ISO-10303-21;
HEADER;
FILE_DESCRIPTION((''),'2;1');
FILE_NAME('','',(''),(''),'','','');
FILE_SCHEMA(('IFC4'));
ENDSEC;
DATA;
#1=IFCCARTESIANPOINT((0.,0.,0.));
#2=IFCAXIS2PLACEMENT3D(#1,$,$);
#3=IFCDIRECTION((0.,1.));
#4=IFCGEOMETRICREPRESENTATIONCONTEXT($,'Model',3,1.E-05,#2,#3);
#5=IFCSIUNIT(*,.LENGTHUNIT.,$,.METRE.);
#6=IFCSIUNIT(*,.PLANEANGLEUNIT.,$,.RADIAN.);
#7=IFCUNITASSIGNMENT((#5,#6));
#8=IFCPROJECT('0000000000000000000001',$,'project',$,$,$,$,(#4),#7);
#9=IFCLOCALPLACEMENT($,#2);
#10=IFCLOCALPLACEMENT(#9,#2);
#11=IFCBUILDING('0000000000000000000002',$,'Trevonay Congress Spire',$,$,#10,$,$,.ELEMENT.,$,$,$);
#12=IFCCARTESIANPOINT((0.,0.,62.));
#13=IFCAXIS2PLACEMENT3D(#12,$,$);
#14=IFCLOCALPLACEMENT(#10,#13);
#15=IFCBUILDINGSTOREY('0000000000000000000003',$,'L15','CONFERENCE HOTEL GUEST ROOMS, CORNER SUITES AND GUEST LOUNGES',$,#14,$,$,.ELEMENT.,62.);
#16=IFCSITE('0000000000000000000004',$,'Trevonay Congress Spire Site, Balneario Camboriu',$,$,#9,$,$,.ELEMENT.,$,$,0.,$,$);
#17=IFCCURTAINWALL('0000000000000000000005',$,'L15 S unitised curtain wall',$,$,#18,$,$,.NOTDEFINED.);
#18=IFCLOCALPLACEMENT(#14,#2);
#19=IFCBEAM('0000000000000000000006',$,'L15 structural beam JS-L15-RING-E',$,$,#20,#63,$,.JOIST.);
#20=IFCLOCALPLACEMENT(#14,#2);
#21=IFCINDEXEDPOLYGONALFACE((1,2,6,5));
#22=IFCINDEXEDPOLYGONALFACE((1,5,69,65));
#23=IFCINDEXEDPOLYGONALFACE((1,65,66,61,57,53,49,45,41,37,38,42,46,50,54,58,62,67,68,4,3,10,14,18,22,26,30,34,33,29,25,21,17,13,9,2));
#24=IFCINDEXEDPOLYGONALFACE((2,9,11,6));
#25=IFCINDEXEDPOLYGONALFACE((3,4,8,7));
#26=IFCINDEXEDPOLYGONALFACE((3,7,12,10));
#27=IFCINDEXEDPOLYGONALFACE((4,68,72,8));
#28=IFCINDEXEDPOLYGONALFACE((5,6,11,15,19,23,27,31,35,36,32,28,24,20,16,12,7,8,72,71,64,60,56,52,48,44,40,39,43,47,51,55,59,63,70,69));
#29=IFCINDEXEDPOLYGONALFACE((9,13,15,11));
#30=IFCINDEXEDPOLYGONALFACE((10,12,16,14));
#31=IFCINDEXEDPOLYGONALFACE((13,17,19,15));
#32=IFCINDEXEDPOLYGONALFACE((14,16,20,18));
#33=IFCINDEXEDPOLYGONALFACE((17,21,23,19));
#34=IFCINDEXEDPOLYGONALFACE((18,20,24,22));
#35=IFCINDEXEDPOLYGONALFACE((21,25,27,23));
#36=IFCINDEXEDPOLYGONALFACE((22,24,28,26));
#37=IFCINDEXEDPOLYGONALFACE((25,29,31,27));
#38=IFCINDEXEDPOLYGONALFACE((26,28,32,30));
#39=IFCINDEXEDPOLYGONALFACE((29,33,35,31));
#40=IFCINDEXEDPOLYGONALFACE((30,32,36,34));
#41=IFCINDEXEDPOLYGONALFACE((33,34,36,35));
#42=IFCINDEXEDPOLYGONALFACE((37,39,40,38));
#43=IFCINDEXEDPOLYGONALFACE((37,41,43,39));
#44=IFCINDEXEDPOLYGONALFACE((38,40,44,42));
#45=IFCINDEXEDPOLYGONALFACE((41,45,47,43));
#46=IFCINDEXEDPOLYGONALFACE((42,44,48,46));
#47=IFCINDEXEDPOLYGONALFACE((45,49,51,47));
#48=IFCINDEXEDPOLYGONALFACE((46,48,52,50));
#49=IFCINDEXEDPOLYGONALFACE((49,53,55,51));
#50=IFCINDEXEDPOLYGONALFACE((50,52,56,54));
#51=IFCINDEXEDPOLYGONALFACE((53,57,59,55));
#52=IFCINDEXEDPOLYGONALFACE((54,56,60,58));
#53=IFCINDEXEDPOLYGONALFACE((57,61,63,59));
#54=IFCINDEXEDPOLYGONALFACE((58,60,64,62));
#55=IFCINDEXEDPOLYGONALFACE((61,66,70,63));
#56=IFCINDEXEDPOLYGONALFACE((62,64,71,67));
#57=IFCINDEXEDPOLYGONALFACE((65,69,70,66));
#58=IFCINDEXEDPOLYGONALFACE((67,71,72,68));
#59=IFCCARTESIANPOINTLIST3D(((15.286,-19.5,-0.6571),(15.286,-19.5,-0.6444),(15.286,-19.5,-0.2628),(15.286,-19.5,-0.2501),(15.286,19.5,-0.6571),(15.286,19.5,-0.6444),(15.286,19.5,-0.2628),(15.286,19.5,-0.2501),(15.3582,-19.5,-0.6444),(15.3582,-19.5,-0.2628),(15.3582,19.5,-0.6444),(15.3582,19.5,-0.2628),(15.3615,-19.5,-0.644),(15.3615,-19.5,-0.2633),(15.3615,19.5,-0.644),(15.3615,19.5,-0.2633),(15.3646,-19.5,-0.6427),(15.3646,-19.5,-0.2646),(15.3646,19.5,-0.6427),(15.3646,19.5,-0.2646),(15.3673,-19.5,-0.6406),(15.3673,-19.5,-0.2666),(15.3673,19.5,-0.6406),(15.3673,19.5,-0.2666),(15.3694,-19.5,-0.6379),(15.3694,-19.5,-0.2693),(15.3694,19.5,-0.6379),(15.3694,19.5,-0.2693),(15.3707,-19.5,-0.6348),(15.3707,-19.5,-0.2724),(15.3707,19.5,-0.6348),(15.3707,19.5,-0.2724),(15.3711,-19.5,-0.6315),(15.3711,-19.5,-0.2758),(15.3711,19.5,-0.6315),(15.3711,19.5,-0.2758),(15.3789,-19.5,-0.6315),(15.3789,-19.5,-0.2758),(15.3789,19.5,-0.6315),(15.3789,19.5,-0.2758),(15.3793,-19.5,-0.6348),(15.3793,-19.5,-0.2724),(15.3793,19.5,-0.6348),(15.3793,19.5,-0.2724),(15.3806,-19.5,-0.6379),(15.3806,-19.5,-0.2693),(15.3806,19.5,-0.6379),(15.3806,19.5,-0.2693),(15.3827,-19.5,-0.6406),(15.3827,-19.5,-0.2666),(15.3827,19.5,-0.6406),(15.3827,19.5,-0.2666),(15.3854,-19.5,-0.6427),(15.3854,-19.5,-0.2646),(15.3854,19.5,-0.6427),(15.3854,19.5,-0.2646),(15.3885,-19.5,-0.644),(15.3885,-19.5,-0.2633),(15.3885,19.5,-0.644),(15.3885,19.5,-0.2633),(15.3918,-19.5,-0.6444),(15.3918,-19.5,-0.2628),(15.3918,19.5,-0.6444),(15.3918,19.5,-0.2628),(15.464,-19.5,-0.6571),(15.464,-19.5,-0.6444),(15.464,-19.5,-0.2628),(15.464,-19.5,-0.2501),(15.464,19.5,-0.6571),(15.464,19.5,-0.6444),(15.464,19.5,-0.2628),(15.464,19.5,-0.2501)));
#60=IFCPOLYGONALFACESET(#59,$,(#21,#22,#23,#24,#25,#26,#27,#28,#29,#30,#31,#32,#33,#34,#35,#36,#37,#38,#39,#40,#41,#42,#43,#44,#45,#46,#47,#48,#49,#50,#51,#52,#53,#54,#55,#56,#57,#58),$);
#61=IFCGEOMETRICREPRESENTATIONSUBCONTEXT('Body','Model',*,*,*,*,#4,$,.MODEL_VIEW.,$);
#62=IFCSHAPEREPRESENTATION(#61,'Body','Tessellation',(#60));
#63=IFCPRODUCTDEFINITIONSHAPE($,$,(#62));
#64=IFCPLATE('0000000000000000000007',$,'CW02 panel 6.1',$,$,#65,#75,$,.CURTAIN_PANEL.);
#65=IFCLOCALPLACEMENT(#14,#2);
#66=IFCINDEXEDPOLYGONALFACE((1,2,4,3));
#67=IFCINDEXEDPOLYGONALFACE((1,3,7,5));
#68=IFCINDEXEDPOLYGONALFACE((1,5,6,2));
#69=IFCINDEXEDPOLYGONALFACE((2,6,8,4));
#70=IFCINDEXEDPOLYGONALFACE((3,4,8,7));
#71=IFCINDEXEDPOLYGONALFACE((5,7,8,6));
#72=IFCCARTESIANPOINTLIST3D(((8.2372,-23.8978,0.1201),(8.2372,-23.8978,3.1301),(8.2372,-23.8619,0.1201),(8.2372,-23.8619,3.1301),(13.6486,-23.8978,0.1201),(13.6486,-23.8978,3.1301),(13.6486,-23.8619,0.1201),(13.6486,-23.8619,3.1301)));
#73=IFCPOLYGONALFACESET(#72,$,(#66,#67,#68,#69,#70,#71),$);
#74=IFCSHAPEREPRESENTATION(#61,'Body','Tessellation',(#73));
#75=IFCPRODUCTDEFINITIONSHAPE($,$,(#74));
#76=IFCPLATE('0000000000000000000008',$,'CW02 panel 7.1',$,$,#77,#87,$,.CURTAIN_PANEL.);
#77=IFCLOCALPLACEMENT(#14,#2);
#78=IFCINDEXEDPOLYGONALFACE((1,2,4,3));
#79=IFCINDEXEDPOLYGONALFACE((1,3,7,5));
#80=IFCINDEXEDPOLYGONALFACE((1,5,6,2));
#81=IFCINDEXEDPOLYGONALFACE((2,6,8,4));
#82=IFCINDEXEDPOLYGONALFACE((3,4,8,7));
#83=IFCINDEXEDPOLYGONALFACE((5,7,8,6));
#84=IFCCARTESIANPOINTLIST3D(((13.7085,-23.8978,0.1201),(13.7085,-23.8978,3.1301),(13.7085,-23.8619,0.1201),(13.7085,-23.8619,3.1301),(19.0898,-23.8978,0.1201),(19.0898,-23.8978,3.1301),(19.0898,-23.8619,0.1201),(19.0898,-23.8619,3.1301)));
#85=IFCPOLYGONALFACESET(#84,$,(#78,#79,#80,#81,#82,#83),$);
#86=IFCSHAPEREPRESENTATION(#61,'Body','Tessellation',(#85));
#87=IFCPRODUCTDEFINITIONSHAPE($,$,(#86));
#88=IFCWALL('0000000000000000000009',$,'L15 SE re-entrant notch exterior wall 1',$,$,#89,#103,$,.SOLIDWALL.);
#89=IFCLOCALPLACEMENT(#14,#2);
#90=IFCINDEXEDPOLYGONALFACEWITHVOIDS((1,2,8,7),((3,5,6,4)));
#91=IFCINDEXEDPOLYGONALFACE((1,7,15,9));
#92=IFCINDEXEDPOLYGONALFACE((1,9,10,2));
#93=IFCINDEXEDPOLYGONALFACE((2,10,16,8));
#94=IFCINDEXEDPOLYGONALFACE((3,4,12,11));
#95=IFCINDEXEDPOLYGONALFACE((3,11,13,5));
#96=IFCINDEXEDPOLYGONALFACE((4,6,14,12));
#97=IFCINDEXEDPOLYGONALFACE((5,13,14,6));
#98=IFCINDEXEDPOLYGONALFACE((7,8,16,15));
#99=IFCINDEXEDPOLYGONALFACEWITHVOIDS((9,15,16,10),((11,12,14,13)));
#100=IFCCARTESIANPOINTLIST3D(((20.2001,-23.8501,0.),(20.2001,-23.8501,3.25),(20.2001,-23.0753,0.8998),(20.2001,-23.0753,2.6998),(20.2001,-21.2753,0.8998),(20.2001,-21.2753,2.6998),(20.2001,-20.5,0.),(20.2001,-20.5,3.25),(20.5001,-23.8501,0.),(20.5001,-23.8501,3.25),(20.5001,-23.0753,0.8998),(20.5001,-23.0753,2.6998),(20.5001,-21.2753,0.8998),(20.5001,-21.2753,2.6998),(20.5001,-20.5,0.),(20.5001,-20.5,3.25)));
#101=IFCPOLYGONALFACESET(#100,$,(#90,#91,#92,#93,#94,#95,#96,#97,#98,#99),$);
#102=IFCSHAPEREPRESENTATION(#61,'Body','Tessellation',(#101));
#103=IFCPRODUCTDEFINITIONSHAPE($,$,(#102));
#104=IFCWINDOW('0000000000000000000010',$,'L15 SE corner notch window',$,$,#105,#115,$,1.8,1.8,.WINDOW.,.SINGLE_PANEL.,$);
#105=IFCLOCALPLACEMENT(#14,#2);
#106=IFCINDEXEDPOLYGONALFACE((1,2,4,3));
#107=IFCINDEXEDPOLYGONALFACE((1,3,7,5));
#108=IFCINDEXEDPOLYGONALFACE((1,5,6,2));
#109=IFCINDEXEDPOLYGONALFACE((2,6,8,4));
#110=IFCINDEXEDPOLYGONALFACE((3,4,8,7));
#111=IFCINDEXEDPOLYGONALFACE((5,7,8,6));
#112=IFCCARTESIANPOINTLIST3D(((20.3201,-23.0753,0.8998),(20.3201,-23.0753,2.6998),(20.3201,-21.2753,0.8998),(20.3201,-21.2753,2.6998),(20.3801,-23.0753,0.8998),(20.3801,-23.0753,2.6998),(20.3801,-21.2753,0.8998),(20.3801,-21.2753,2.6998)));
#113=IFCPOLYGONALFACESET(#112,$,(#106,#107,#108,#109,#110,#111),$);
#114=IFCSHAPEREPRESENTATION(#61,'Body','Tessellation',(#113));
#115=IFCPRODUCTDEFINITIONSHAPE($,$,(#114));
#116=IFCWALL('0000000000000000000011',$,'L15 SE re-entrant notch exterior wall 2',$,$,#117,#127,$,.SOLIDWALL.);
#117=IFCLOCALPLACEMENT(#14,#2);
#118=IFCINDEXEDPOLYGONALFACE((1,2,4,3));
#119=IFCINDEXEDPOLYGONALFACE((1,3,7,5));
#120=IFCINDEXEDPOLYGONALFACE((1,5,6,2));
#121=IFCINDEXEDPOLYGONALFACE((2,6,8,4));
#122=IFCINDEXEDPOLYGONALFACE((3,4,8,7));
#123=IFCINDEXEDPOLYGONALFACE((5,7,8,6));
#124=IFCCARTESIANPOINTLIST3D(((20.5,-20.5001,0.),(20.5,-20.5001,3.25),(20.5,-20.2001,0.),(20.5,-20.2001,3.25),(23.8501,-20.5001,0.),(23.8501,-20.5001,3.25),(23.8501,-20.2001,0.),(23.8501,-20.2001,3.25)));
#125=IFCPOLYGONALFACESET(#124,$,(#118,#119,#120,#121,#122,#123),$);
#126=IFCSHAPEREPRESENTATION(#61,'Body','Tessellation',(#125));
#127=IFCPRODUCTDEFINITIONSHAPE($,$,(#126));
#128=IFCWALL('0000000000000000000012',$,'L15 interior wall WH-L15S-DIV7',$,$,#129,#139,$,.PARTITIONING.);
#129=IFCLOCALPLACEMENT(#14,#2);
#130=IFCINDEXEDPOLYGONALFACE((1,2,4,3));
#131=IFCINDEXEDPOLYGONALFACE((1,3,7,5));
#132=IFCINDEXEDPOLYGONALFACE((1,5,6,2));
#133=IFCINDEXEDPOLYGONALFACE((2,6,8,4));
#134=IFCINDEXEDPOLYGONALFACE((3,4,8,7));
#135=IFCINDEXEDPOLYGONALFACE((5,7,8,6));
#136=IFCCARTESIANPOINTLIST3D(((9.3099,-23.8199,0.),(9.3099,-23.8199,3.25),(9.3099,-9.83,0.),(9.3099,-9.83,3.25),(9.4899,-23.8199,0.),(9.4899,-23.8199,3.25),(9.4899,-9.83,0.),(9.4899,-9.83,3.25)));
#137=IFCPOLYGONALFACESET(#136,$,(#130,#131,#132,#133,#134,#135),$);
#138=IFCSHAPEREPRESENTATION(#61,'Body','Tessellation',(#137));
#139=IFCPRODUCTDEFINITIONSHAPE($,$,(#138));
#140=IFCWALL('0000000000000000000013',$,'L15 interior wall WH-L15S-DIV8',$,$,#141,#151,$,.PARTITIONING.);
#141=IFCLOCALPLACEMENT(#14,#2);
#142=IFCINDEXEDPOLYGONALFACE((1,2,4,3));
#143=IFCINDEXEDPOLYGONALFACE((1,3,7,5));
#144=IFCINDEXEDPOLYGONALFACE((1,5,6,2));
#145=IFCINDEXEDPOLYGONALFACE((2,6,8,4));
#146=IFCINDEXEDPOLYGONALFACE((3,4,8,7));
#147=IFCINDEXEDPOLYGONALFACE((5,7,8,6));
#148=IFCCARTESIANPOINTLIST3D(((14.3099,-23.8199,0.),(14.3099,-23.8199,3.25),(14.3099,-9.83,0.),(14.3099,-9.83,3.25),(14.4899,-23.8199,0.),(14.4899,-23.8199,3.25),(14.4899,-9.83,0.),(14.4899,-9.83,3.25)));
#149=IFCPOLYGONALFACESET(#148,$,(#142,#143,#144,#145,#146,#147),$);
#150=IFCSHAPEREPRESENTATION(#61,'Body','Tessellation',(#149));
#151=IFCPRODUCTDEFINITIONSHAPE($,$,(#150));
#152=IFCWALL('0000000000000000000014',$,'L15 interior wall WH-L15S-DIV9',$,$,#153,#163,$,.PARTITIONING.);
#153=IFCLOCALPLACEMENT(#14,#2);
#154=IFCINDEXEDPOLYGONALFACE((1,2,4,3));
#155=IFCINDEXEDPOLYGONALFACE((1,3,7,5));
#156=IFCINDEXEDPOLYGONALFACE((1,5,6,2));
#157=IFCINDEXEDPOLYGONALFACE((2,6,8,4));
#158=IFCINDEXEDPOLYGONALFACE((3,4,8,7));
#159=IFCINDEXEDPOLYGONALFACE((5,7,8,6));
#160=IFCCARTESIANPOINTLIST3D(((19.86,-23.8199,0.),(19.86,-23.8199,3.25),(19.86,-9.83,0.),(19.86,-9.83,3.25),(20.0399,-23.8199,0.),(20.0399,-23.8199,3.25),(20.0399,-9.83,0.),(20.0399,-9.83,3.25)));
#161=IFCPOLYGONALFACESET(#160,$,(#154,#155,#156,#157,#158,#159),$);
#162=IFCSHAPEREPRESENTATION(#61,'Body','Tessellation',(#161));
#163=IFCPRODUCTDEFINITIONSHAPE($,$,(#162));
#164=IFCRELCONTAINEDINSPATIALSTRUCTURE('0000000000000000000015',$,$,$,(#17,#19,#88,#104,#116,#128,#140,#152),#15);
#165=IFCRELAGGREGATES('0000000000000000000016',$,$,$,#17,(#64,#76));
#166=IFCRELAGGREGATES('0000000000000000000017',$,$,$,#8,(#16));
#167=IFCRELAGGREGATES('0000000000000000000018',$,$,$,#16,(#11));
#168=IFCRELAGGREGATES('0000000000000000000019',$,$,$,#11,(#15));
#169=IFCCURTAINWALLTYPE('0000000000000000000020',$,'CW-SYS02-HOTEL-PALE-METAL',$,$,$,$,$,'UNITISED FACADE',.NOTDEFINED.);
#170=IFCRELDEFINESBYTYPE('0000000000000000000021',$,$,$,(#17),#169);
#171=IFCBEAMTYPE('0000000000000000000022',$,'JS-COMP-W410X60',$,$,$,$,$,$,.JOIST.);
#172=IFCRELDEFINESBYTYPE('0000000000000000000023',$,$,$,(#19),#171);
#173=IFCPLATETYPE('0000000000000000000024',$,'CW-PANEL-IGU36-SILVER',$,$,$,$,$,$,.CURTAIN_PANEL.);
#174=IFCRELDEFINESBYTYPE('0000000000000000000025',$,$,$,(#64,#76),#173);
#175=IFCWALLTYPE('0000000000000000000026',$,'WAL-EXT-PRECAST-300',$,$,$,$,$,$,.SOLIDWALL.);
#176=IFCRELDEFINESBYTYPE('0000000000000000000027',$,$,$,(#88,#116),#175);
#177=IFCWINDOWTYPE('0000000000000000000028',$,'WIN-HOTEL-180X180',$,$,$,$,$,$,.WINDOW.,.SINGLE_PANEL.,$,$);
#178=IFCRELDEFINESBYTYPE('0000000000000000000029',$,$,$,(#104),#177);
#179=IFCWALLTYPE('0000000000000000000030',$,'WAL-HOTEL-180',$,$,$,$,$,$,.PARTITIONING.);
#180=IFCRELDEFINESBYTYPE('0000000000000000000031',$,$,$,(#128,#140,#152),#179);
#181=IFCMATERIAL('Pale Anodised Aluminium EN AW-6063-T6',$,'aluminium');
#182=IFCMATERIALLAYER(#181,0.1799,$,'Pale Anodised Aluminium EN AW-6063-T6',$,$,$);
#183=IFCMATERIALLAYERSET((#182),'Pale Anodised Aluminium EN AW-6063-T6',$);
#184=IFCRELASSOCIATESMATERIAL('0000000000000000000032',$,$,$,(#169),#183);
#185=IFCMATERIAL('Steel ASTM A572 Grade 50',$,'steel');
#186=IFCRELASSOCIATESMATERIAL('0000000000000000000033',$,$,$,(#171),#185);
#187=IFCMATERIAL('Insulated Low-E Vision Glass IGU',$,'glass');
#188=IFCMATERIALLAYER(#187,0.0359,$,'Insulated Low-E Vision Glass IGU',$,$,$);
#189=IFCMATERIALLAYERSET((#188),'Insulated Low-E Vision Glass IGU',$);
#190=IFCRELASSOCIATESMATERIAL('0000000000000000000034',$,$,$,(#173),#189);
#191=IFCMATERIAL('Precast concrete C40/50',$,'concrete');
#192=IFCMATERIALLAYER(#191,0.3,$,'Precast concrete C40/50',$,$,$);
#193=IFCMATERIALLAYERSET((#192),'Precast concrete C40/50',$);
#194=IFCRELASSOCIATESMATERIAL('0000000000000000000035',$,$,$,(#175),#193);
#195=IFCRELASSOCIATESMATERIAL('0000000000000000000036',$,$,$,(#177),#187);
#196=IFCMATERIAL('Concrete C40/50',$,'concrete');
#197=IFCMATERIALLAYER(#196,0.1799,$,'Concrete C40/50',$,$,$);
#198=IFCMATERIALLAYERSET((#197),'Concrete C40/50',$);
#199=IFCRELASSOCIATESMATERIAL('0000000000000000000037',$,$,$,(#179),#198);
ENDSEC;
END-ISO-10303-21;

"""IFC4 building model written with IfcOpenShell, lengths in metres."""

from ifc_helpers import new_model, si_unit, direction, frame, frame_2d, origin, origin_2d, place, context, subcontext, project, spatial, rectangle, i_section, extrude, material, layer, layer_set, material_profile, profile_set, type_object, element, fill, aggregate, save


model = new_model("IFC4")

# Units and contexts
model_context = context("Model", 3, precision=1e-05, world=origin(), true_north=direction((0.0, 1.0)))
body_context = subcontext(model_context, "Body", "Model", "MODEL_VIEW")
ifc_project = project(units=[si_unit("LENGTHUNIT", "METRE"), si_unit("PLANEANGLEUNIT", "RADIAN")], contexts=[model_context])

# Site, building, storey
site_placement = place(None, origin())
site = spatial("IfcSite", under=ifc_project, at=site_placement, Name="Trevonay Congress Spire Site, Balneario Camboriu", CompositionType="ELEMENT", RefElevation=0.0)
building_placement = place(site_placement, origin())
building = spatial("IfcBuilding", under=site, at=building_placement, Name="Trevonay Congress Spire", CompositionType="ELEMENT")
storey_placement = place(building_placement, frame((0.0, 0.0, 62.0)))
storey = spatial("IfcBuildingStorey", under=building, at=storey_placement, Name="L15", Description="CONFERENCE HOTEL GUEST ROOMS, CORNER SUITES AND GUEST LOUNGES", CompositionType="ELEMENT", Elevation=62.0)

# Shared definitions
ifc_material_1 = material(Name="Steel ASTM A572 Grade 50", Category="steel")

# Curtain wall
ifc_material_2 = material(Name="Pale Anodised Aluminium EN AW-6063-T6", Category="aluminium")
ifc_layer_1 = layer(ifc_material_2, 0.1799, Name="Pale Anodised Aluminium EN AW-6063-T6")
ifc_layer_set_1 = layer_set([ifc_layer_1], Name="Pale Anodised Aluminium EN AW-6063-T6")
curtain_wall_type = type_object("IfcCurtainWallType", Name="CW-SYS02-HOTEL-PALE-METAL", ElementType="UNITISED FACADE", PredefinedType="NOTDEFINED", material=ifc_layer_set_1)
curtain_wall_1_placement = place(storey_placement, origin())
curtain_wall_1 = element("IfcCurtainWall", 1, at=curtain_wall_1_placement, inside=storey, type_object=curtain_wall_type, Name="L15 S unitised curtain wall", PredefinedType="NOTDEFINED")

# Beam
ifc_material_profile_1 = material_profile(ifc_material_1, i_section(OverallWidth=0.178, OverallDepth=0.407, WebThickness=0.0078, FlangeThickness=0.0127, FilletRadius=0.0129, at=origin_2d()), Name="W410x60")
ifc_profile_set_1 = profile_set([ifc_material_profile_1], Name="Steel ASTM A572 Grade 50")
beam_type_1 = type_object("IfcBeamType", Name="JS-COMP-W410X60", PredefinedType="JOIST", material=ifc_profile_set_1)
beam_placement = place(storey_placement, frame((15.375, -19.5, -0.4536), z_axis=(0.0, 1.0, 0.0), x_axis=(-1.0, 0.0, 0.0)))
element("IfcBeam", 2, at=beam_placement, inside=storey, type_object=beam_type_1, Name="L15 structural beam JS-L15-RING-E", PredefinedType="JOIST", context=body_context, shape_type="SweptSolid", body=[
    extrude(i_section(OverallWidth=0.178, OverallDepth=0.407, WebThickness=0.0078, FlangeThickness=0.0127, FilletRadius=0.0129, at=origin_2d()), origin(), (0.0, 0.0, 1.0), 39.0),
])

# Plates
ifc_material_3 = material(Name="Insulated Low-E Vision Glass IGU", Category="glass")
ifc_layer_2 = layer(ifc_material_3, 0.0359, Name="Insulated Low-E Vision Glass IGU")
ifc_layer_set_2 = layer_set([ifc_layer_2], Name="Insulated Low-E Vision Glass IGU")
plate_type = type_object("IfcPlateType", Name="CW-PANEL-IGU36-SILVER", PredefinedType="CURTAIN_PANEL", material=ifc_layer_set_2)
plate_1_placement = place(storey_placement, frame((10.9429, -23.8799, 0.1201), z_axis=(0.0, 0.0, 1.0), x_axis=(1.0, 0.0, 0.0)))
plate_1 = element("IfcPlate", 3, at=plate_1_placement, type_object=plate_type, Name="CW02 panel 6.1", PredefinedType="CURTAIN_PANEL", context=body_context, shape_type="SweptSolid", body=[
    extrude(rectangle(XDim=5.4114, YDim=0.0359, at=origin_2d()), origin(), (0.0, 0.0, 1.0), 3.01),
])
plate_2_placement = place(storey_placement, frame((16.3992, -23.8799, 0.1201), z_axis=(0.0, 0.0, 1.0), x_axis=(1.0, 0.0, 0.0)))
plate_2 = element("IfcPlate", 4, at=plate_2_placement, type_object=plate_type, Name="CW02 panel 7.1", PredefinedType="CURTAIN_PANEL", context=body_context, shape_type="SweptSolid", body=[
    extrude(rectangle(XDim=5.3813, YDim=0.0359, at=origin_2d()), origin(), (0.0, 0.0, 1.0), 3.01),
])
aggregate(curtain_wall_1, [plate_1, plate_2])

# Wall, opening, window
ifc_material_4 = material(Name="Precast concrete C40/50", Category="concrete")
ifc_layer_3 = layer(ifc_material_4, 0.3, Name="Precast concrete C40/50")
ifc_layer_set_3 = layer_set([ifc_layer_3], Name="Precast concrete C40/50")
wall_type_1 = type_object("IfcWallType", Name="WAL-EXT-PRECAST-300", PredefinedType="SOLIDWALL", material=ifc_layer_set_3)
wall_1_placement = place(storey_placement, frame((20.3501, -23.8501, 0.0), z_axis=(0.0, 0.0, 1.0), x_axis=(0.0, 1.0, 0.0)))
wall_1 = element("IfcWall", 5, at=wall_1_placement, inside=storey, type_object=wall_type_1, Name="L15 SE re-entrant notch exterior wall 1", PredefinedType="SOLIDWALL", context=body_context, shape_type="SweptSolid", body=[
    extrude(rectangle(XDim=3.3501, YDim=0.3, at=frame_2d((1.675, 0.0))), origin(), (0.0, 0.0, 1.0), 3.25),
])
opening_placement = place(wall_1_placement, frame((0.7749, 0.0, 0.8999)))
opening = element("IfcOpeningElement", 6, at=opening_placement, cuts=wall_1, PredefinedType="OPENING", context=body_context, shape_type="SweptSolid", body=[
    extrude(rectangle(XDim=1.8, YDim=1.8, at=frame_2d((0.8999, 0.8999))), frame((0.0, 0.1602, 0.0), z_axis=(0.0, -1.0, 0.0), x_axis=(1.0, 0.0, 0.0)), (0.0, 0.0, 1.0), 0.3201),
])
window_type = type_object("IfcWindowType", Name="WIN-HOTEL-180X180", PartitioningType="SINGLE_PANEL", PredefinedType="WINDOW", material=ifc_material_3)
window_placement = place(opening_placement, origin())
window = element("IfcWindow", 7, at=window_placement, inside=storey, type_object=window_type, Name="L15 SE corner notch window", OverallHeight=1.8, OverallWidth=1.8, PartitioningType="SINGLE_PANEL", PredefinedType="WINDOW", context=body_context, shape_type="SweptSolid", body=[
    extrude(rectangle(XDim=1.8, YDim=1.8, at=frame_2d((0.8999, 0.8999))), frame((0.0, 0.03, 0.0), z_axis=(0.0, -1.0, 0.0), x_axis=(1.0, 0.0, 0.0)), (0.0, 0.0, 1.0), 0.0601),
])
fill(opening, window)

# Walls
wall_2_placement = place(storey_placement, frame((23.8501, -20.3501, 0.0), z_axis=(0.0, 0.0, 1.0), x_axis=(-1.0, 0.0, 0.0)))
element("IfcWall", 8, at=wall_2_placement, inside=storey, type_object=wall_type_1, Name="L15 SE re-entrant notch exterior wall 2", PredefinedType="SOLIDWALL", context=body_context, shape_type="SweptSolid", body=[
    extrude(rectangle(XDim=3.3501, YDim=0.3, at=frame_2d((1.675, 0.0))), origin(), (0.0, 0.0, 1.0), 3.25),
])
ifc_material_5 = material(Name="Concrete C40/50", Category="concrete")
ifc_layer_4 = layer(ifc_material_5, 0.1799, Name="Concrete C40/50")
ifc_layer_set_4 = layer_set([ifc_layer_4], Name="Concrete C40/50")
wall_type_2 = type_object("IfcWallType", Name="WAL-HOTEL-180", PredefinedType="PARTITIONING", material=ifc_layer_set_4)
for number, where, z_axis, x_axis, name in (
    (9, (9.3999, -23.8201, 0.0), (0.0, 0.0, 1.0), (0.0, 1.0, 0.0), "L15 interior wall WH-L15S-DIV7"),
    (10, (14.3999, -23.8201, 0.0), (0.0, 0.0, 1.0), (0.0, 1.0, 0.0), "L15 interior wall WH-L15S-DIV8"),
    (11, (19.95, -23.8201, 0.0), (0.0, 0.0, 1.0), (0.0, 1.0, 0.0), "L15 interior wall WH-L15S-DIV9"),
):
    element("IfcWall", number, at=place(storey_placement, frame(where, z_axis=z_axis, x_axis=x_axis)), inside=storey, type_object=wall_type_2, Name=name, PredefinedType="PARTITIONING", context=body_context, shape_type="SweptSolid", body=[
        extrude(rectangle(XDim=13.99, YDim=0.1799, at=frame_2d((6.9951, 0.0))), origin(), (0.0, 0.0, 1.0), 3.25),
    ])

save(model, "model.ifc")
